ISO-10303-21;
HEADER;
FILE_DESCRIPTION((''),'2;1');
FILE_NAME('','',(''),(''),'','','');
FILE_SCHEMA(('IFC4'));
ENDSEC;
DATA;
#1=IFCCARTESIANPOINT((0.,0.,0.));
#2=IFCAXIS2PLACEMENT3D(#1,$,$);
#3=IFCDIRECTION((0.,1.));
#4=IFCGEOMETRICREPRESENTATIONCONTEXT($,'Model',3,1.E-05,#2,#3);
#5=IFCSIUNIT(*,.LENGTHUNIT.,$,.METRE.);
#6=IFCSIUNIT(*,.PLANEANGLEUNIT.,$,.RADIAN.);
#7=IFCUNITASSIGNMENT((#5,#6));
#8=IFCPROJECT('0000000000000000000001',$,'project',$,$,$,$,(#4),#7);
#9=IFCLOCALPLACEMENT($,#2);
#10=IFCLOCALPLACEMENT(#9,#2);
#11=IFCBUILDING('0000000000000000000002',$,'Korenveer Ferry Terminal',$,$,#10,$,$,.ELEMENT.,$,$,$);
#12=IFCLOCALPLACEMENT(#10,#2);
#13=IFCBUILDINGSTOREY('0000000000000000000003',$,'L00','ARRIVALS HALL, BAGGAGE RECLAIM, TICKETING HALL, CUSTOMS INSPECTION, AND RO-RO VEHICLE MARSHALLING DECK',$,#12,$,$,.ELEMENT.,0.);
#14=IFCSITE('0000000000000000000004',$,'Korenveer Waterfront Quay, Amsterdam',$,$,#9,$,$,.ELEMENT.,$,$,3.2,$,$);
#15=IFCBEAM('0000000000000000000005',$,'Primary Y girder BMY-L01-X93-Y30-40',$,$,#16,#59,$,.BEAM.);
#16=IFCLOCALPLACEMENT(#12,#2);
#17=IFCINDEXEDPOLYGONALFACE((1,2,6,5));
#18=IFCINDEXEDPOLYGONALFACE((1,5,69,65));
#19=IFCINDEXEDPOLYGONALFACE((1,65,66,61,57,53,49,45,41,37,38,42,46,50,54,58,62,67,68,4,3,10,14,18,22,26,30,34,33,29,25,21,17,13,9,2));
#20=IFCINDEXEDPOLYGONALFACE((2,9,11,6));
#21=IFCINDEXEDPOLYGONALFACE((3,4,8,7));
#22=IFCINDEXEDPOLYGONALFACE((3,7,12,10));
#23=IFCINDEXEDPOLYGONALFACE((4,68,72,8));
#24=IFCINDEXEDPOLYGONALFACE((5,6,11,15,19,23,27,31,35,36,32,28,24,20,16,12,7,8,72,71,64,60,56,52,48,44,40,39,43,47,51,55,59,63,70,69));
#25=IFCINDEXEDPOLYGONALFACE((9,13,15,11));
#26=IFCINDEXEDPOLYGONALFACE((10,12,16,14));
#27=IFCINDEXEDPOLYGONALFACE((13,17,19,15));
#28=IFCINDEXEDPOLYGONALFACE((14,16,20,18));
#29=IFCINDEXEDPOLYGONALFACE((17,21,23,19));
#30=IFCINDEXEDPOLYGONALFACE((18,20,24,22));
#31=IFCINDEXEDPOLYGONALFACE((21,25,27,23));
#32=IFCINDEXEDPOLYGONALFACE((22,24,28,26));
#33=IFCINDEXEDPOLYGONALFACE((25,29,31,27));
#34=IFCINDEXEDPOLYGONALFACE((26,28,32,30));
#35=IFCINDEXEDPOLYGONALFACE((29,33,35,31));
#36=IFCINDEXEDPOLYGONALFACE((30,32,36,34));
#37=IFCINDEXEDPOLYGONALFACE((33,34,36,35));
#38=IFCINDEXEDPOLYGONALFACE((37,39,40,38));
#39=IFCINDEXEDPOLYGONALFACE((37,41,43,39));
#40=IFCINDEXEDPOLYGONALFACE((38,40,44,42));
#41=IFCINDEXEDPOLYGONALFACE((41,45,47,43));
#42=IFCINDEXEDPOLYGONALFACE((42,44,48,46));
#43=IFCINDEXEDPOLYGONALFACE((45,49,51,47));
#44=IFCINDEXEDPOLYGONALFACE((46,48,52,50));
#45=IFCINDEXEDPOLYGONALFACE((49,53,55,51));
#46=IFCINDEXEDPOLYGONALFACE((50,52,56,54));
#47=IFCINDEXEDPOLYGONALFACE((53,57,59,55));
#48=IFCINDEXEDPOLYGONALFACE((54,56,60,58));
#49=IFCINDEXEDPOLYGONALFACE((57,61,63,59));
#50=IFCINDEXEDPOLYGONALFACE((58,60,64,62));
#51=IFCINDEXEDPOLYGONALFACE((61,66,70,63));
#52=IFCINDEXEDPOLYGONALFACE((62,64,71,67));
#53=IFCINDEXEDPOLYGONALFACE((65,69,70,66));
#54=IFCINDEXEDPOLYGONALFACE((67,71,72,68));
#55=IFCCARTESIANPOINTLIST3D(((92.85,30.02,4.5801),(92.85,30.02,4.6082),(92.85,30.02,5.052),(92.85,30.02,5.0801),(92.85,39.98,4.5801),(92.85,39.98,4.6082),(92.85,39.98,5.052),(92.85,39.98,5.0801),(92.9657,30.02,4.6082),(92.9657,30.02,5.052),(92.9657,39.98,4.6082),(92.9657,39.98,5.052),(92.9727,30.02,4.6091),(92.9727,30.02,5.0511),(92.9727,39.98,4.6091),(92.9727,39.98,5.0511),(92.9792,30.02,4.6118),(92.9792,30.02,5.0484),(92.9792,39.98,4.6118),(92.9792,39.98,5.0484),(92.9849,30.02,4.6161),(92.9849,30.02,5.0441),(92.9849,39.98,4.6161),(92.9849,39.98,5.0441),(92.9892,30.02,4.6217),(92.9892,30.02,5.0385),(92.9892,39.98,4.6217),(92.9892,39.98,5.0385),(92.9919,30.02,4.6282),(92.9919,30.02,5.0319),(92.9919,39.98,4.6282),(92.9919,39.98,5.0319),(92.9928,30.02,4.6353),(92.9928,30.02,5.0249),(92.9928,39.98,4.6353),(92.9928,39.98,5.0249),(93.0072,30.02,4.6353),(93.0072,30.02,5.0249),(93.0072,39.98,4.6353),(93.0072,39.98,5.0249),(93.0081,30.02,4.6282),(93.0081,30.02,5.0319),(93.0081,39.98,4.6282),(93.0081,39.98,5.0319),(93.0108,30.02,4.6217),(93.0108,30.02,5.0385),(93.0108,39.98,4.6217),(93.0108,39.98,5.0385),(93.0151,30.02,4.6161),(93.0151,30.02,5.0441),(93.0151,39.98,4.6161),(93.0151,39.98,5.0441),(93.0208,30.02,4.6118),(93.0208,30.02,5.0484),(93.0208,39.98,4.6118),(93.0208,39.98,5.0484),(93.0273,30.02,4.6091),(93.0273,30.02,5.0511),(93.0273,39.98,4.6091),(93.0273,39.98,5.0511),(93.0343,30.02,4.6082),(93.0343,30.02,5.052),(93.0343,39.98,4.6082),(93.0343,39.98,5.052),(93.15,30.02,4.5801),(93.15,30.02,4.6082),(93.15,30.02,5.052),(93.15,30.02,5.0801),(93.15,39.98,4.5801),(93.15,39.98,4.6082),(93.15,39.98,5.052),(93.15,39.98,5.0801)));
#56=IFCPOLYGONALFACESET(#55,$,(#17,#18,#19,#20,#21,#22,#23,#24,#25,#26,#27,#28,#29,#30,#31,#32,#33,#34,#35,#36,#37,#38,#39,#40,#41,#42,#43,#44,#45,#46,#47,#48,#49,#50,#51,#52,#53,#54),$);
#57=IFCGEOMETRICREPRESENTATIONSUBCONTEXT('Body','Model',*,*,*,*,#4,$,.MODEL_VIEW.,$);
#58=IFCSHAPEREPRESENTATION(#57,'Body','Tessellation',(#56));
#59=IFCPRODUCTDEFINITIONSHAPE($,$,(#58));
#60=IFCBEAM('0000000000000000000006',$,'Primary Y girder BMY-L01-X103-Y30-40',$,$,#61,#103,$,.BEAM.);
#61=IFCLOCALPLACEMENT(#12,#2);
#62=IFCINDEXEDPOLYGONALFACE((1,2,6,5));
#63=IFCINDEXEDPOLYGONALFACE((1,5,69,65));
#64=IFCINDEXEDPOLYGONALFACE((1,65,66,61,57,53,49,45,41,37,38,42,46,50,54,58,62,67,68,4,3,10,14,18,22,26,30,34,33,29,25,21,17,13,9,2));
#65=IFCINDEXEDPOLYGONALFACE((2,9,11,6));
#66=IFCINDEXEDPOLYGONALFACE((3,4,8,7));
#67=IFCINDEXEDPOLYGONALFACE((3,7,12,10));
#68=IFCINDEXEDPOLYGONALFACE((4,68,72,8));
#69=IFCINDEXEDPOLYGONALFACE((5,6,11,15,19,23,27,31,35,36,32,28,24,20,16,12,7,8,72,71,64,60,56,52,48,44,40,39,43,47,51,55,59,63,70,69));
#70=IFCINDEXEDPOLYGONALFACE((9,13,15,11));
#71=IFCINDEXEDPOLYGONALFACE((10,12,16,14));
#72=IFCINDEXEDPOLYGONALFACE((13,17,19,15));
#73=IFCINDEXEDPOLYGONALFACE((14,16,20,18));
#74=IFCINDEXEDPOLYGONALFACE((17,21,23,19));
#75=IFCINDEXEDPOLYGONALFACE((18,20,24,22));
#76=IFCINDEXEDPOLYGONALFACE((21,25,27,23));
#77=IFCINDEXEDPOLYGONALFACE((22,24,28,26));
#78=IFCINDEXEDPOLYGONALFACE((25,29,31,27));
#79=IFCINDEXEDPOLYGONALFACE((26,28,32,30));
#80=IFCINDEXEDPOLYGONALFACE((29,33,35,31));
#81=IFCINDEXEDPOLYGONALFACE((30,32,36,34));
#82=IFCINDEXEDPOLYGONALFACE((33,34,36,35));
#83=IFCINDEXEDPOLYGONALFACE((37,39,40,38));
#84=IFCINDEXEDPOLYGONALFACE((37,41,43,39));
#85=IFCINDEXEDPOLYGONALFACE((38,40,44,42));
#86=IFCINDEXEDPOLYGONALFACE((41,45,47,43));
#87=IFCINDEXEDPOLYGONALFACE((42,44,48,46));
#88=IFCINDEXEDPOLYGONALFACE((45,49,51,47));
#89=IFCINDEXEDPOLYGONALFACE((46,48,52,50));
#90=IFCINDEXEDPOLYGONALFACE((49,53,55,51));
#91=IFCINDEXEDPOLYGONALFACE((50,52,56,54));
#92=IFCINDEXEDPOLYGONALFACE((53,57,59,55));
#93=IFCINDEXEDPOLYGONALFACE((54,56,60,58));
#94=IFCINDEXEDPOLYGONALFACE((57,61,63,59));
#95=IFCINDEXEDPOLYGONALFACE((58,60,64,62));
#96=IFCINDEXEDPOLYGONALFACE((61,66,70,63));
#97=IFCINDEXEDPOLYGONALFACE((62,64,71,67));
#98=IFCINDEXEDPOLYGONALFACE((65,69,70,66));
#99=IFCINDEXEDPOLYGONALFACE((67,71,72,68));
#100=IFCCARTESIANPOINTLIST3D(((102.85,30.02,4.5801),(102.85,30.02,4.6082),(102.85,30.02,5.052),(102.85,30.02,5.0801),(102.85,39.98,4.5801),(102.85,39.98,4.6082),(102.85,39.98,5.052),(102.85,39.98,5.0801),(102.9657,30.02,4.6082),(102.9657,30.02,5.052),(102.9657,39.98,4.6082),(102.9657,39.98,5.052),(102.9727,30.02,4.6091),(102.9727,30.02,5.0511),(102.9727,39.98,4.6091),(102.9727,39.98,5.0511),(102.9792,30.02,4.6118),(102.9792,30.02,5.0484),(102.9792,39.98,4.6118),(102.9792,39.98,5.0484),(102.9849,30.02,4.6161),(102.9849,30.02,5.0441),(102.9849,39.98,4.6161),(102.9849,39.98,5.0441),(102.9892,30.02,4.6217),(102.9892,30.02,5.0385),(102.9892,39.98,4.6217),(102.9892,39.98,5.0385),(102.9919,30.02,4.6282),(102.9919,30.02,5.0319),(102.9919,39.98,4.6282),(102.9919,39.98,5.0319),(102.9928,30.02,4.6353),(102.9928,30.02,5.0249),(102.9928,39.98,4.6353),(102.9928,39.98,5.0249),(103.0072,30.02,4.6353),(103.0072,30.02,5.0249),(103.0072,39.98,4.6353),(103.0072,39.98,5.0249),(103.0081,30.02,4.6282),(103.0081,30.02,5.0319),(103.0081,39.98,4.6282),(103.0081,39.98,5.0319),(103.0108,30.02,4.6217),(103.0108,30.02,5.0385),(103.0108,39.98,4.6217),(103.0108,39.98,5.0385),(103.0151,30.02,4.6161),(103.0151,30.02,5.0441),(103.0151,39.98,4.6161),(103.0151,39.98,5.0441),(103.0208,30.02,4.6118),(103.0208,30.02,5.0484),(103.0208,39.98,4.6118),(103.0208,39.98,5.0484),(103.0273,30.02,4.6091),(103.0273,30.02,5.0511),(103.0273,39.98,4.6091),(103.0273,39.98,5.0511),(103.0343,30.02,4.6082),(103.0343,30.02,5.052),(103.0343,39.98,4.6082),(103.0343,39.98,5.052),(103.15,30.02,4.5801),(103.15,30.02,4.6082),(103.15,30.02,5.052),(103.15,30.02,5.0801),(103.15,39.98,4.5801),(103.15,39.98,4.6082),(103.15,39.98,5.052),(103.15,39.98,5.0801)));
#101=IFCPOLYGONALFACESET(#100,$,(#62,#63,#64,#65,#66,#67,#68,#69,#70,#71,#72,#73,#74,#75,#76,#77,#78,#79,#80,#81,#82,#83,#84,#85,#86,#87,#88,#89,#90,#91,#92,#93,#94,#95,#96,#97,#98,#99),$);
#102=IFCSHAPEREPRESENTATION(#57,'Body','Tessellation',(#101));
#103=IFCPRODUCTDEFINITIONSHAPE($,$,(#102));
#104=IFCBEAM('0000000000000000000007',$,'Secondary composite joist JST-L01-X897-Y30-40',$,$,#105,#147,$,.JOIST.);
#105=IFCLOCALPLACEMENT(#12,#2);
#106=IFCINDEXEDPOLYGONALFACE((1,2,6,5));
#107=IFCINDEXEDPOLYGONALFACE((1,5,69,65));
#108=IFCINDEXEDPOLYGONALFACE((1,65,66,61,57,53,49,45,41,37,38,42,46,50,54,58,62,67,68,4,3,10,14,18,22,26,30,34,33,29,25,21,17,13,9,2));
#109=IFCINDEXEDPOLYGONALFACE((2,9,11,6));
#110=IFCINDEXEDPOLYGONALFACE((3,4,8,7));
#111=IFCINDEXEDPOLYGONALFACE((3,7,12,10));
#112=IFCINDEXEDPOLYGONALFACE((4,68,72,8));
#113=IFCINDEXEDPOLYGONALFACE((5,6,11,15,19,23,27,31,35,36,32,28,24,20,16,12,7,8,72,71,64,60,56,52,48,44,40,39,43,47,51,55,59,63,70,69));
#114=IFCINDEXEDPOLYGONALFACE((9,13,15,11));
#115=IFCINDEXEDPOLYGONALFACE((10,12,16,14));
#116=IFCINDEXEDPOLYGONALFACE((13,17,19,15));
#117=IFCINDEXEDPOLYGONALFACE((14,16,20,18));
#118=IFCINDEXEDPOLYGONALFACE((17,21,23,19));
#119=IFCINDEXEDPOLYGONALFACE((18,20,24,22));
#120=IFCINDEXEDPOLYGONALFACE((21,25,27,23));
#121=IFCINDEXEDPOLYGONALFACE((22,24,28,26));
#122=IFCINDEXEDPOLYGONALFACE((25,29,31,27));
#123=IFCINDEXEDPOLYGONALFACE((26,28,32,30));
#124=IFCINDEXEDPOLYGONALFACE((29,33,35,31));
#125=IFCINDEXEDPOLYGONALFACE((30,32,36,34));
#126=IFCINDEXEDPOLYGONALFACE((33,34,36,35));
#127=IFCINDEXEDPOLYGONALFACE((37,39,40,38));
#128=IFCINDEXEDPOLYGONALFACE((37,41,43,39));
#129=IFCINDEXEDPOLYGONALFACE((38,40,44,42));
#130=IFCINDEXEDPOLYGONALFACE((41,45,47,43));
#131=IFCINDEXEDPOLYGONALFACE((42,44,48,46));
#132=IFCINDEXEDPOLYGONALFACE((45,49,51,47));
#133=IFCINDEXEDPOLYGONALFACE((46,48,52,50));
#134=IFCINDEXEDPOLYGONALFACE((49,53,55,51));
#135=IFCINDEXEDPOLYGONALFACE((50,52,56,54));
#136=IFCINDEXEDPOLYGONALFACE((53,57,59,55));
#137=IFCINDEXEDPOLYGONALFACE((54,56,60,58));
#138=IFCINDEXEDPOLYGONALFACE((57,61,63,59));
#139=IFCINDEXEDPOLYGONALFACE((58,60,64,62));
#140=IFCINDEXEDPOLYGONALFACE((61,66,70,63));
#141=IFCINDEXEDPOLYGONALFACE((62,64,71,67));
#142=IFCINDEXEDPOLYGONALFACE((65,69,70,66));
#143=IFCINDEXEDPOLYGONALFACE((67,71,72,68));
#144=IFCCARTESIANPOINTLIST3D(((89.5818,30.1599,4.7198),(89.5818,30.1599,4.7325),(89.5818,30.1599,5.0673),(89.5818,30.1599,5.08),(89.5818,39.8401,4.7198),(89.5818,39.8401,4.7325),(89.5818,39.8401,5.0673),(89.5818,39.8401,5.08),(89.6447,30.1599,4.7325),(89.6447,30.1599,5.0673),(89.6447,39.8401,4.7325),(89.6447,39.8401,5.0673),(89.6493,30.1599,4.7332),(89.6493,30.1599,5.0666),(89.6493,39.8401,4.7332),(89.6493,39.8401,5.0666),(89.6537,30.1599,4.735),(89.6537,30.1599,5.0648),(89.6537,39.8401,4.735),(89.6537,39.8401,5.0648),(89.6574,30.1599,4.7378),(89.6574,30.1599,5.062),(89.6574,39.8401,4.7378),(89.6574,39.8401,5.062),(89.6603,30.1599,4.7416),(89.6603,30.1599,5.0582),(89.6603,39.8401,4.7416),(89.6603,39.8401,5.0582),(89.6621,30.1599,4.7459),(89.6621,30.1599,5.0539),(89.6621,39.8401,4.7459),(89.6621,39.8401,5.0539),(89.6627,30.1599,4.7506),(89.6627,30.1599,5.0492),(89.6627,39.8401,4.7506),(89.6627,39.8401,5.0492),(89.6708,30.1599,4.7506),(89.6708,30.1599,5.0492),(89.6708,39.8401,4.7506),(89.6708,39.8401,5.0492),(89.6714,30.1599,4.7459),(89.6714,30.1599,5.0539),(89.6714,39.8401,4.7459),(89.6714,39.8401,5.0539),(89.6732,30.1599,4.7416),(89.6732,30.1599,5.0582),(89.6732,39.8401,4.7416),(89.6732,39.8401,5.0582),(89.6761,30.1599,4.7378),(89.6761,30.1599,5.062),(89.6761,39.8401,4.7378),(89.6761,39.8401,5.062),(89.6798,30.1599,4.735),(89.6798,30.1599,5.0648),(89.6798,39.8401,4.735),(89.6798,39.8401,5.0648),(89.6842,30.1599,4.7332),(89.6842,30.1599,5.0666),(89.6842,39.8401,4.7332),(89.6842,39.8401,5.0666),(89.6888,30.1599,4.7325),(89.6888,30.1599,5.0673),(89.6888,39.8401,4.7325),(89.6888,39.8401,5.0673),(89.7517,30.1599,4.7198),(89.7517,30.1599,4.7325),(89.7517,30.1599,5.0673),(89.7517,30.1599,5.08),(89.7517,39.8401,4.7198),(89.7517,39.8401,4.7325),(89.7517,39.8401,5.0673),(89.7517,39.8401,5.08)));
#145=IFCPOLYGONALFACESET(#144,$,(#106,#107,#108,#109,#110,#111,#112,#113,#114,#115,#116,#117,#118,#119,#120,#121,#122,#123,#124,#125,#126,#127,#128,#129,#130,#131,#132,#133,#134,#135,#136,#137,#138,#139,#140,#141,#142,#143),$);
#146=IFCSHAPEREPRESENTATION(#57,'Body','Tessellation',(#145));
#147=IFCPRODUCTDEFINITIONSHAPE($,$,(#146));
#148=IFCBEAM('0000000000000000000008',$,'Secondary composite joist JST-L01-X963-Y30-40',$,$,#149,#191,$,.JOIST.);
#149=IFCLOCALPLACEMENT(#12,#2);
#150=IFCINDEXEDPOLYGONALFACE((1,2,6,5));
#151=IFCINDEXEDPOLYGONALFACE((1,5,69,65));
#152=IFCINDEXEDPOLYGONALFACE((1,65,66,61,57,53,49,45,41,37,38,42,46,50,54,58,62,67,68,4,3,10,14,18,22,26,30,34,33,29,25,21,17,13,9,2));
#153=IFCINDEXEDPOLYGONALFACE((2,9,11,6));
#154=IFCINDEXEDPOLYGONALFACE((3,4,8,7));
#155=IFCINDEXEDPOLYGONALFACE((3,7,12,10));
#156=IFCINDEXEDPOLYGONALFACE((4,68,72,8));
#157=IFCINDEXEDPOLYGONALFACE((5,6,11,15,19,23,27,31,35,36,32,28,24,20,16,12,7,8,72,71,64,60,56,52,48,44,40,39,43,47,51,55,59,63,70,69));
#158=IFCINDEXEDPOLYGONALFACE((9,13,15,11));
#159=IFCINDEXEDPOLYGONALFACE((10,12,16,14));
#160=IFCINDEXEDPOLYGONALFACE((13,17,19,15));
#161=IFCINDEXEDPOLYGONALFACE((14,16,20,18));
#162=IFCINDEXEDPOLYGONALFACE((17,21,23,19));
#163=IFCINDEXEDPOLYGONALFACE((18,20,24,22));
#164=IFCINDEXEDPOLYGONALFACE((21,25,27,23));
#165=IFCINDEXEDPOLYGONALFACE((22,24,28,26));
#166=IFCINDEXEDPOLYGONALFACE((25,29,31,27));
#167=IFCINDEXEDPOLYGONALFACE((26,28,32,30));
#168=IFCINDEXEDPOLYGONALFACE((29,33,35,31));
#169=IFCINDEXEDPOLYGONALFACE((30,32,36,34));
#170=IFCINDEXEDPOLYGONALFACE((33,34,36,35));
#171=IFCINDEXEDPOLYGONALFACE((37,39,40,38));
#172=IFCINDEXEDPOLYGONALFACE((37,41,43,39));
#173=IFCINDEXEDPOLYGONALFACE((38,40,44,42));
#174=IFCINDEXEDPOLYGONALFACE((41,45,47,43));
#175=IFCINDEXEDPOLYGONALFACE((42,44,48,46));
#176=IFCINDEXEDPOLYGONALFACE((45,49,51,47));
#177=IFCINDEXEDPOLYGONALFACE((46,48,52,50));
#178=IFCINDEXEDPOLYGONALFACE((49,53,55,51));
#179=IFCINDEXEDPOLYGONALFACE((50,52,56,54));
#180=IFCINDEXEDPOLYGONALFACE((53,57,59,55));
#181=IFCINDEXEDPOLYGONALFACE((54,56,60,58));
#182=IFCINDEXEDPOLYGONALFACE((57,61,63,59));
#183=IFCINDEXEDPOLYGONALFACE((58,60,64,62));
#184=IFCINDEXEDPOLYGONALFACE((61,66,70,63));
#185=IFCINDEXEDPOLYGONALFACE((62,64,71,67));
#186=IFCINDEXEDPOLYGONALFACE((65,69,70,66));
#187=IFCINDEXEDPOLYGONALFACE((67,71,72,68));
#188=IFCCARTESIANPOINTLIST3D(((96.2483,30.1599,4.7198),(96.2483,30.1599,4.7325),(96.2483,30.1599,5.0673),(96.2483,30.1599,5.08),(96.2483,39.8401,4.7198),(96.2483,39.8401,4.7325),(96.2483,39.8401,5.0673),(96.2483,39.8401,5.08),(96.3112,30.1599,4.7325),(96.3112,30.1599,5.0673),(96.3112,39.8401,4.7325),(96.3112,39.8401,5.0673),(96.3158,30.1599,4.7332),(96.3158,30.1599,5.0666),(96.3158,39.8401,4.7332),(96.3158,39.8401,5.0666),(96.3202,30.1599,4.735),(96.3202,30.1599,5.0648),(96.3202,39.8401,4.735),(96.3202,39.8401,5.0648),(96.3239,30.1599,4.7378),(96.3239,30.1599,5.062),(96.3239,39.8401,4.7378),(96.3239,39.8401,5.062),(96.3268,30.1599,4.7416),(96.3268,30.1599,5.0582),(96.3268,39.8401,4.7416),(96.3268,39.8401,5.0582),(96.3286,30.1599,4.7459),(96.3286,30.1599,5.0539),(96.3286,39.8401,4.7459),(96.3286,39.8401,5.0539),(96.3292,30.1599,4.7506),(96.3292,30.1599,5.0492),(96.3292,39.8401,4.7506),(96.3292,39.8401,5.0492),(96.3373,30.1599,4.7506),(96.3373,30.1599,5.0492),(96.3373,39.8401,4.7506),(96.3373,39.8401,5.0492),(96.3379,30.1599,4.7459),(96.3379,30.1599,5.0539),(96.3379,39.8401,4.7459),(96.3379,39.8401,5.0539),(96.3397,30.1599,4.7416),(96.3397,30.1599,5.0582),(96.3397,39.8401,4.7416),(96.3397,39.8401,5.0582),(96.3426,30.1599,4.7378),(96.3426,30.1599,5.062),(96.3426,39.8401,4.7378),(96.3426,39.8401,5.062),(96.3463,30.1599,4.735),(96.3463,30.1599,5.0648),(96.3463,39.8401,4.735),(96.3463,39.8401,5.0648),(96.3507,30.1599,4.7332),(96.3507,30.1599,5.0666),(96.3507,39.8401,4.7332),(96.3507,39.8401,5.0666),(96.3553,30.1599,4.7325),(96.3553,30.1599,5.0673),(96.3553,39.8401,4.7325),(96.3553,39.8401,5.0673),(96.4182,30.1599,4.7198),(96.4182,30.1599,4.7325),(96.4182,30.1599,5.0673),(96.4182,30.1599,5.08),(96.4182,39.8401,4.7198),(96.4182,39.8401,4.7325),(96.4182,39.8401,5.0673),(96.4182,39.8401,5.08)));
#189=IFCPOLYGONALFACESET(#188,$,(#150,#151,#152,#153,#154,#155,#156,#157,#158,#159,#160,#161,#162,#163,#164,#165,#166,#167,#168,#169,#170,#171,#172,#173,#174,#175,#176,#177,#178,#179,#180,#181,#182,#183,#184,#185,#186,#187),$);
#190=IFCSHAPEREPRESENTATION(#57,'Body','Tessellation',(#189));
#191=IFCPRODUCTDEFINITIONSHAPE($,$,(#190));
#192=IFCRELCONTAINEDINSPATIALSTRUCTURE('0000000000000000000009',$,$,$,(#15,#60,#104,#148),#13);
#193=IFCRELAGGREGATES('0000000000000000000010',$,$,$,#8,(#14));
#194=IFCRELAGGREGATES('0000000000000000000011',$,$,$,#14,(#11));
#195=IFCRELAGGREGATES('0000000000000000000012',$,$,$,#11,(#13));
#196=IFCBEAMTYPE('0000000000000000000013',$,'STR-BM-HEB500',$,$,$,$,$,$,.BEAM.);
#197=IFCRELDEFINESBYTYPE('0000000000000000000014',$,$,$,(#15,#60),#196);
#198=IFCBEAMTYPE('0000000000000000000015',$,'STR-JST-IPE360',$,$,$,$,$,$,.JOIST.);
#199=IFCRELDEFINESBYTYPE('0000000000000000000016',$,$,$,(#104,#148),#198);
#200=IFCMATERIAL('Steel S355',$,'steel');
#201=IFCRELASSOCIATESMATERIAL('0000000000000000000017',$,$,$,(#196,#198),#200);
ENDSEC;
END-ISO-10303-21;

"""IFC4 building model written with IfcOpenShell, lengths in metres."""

from ifc_helpers import new_model, si_unit, direction, frame, origin, origin_2d, place, context, subcontext, project, spatial, i_section, extrude, material, material_profile, profile_set, type_object, element, save


model = new_model("IFC4")

# Units and contexts
model_context = context("Model", 3, precision=1e-05, world=origin(), true_north=direction((0.0, 1.0)))
body_context = subcontext(model_context, "Body", "Model", "MODEL_VIEW")
ifc_project = project(units=[si_unit("LENGTHUNIT", "METRE"), si_unit("PLANEANGLEUNIT", "RADIAN")], contexts=[model_context])

# Site, building, storey
site_placement = place(None, origin())
site = spatial("IfcSite", under=ifc_project, at=site_placement, Name="Korenveer Waterfront Quay, Amsterdam", CompositionType="ELEMENT", RefElevation=3.2)
building_placement = place(site_placement, origin())
building = spatial("IfcBuilding", under=site, at=building_placement, Name="Korenveer Ferry Terminal", CompositionType="ELEMENT")
storey_placement = place(building_placement, origin())
storey = spatial("IfcBuildingStorey", under=building, at=storey_placement, Name="L00", Description="ARRIVALS HALL, BAGGAGE RECLAIM, TICKETING HALL, CUSTOMS INSPECTION, AND RO-RO VEHICLE MARSHALLING DECK", CompositionType="ELEMENT", Elevation=0.0)

# Shared definitions
ifc_material_1 = material(Name="Steel S355", Category="steel")

# Beams
ifc_material_profile_1 = material_profile(ifc_material_1, i_section(OverallWidth=0.3, OverallDepth=0.5, WebThickness=0.0144, FlangeThickness=0.0281, FilletRadius=0.0271, at=origin_2d()), Name="HEB 500")
ifc_profile_set_1 = profile_set([ifc_material_profile_1], Name="Steel S355")
beam_type_1 = type_object("IfcBeamType", Name="STR-BM-HEB500", PredefinedType="BEAM", material=ifc_profile_set_1)
for number, where, z_axis, x_axis, name in (
    (1, (93.0, 30.02, 4.8301), (0.0, 1.0, 0.0), (-1.0, 0.0, 0.0), "Primary Y girder BMY-L01-X93-Y30-40"),
    (2, (103.0, 30.02, 4.8301), (0.0, 1.0, 0.0), (-1.0, 0.0, 0.0), "Primary Y girder BMY-L01-X103-Y30-40"),
):
    element("IfcBeam", number, at=place(storey_placement, frame(where, z_axis=z_axis, x_axis=x_axis)), inside=storey, type_object=beam_type_1, Name=name, PredefinedType="BEAM", context=body_context, shape_type="SweptSolid", body=[
        extrude(i_section(OverallWidth=0.3, OverallDepth=0.5, WebThickness=0.0144, FlangeThickness=0.0281, FilletRadius=0.0271, at=origin_2d()), origin(), (0.0, 0.0, 1.0), 9.96),
    ])
ifc_material_profile_2 = material_profile(ifc_material_1, i_section(OverallWidth=0.1699, OverallDepth=0.3601, WebThickness=0.0081, FlangeThickness=0.0127, FilletRadius=0.0181, at=origin_2d()), Name="IPE 360")
ifc_profile_set_2 = profile_set([ifc_material_profile_2], Name="Steel S355")
beam_type_2 = type_object("IfcBeamType", Name="STR-JST-IPE360", PredefinedType="JOIST", material=ifc_profile_set_2)
for number, where, z_axis, x_axis, name in (
    (3, (89.6667, 30.1599, 4.8999), (0.0, 1.0, 0.0), (-1.0, 0.0, 0.0), "Secondary composite joist JST-L01-X897-Y30-40"),
    (4, (96.3333, 30.1599, 4.8999), (0.0, 1.0, 0.0), (-1.0, 0.0, 0.0), "Secondary composite joist JST-L01-X963-Y30-40"),
):
    element("IfcBeam", number, at=place(storey_placement, frame(where, z_axis=z_axis, x_axis=x_axis)), inside=storey, type_object=beam_type_2, Name=name, PredefinedType="JOIST", context=body_context, shape_type="SweptSolid", body=[
        extrude(i_section(OverallWidth=0.1699, OverallDepth=0.3601, WebThickness=0.0081, FlangeThickness=0.0127, FilletRadius=0.0181, at=origin_2d()), origin(), (0.0, 0.0, 1.0), 9.6802),
    ])

save(model, "model.ifc")
